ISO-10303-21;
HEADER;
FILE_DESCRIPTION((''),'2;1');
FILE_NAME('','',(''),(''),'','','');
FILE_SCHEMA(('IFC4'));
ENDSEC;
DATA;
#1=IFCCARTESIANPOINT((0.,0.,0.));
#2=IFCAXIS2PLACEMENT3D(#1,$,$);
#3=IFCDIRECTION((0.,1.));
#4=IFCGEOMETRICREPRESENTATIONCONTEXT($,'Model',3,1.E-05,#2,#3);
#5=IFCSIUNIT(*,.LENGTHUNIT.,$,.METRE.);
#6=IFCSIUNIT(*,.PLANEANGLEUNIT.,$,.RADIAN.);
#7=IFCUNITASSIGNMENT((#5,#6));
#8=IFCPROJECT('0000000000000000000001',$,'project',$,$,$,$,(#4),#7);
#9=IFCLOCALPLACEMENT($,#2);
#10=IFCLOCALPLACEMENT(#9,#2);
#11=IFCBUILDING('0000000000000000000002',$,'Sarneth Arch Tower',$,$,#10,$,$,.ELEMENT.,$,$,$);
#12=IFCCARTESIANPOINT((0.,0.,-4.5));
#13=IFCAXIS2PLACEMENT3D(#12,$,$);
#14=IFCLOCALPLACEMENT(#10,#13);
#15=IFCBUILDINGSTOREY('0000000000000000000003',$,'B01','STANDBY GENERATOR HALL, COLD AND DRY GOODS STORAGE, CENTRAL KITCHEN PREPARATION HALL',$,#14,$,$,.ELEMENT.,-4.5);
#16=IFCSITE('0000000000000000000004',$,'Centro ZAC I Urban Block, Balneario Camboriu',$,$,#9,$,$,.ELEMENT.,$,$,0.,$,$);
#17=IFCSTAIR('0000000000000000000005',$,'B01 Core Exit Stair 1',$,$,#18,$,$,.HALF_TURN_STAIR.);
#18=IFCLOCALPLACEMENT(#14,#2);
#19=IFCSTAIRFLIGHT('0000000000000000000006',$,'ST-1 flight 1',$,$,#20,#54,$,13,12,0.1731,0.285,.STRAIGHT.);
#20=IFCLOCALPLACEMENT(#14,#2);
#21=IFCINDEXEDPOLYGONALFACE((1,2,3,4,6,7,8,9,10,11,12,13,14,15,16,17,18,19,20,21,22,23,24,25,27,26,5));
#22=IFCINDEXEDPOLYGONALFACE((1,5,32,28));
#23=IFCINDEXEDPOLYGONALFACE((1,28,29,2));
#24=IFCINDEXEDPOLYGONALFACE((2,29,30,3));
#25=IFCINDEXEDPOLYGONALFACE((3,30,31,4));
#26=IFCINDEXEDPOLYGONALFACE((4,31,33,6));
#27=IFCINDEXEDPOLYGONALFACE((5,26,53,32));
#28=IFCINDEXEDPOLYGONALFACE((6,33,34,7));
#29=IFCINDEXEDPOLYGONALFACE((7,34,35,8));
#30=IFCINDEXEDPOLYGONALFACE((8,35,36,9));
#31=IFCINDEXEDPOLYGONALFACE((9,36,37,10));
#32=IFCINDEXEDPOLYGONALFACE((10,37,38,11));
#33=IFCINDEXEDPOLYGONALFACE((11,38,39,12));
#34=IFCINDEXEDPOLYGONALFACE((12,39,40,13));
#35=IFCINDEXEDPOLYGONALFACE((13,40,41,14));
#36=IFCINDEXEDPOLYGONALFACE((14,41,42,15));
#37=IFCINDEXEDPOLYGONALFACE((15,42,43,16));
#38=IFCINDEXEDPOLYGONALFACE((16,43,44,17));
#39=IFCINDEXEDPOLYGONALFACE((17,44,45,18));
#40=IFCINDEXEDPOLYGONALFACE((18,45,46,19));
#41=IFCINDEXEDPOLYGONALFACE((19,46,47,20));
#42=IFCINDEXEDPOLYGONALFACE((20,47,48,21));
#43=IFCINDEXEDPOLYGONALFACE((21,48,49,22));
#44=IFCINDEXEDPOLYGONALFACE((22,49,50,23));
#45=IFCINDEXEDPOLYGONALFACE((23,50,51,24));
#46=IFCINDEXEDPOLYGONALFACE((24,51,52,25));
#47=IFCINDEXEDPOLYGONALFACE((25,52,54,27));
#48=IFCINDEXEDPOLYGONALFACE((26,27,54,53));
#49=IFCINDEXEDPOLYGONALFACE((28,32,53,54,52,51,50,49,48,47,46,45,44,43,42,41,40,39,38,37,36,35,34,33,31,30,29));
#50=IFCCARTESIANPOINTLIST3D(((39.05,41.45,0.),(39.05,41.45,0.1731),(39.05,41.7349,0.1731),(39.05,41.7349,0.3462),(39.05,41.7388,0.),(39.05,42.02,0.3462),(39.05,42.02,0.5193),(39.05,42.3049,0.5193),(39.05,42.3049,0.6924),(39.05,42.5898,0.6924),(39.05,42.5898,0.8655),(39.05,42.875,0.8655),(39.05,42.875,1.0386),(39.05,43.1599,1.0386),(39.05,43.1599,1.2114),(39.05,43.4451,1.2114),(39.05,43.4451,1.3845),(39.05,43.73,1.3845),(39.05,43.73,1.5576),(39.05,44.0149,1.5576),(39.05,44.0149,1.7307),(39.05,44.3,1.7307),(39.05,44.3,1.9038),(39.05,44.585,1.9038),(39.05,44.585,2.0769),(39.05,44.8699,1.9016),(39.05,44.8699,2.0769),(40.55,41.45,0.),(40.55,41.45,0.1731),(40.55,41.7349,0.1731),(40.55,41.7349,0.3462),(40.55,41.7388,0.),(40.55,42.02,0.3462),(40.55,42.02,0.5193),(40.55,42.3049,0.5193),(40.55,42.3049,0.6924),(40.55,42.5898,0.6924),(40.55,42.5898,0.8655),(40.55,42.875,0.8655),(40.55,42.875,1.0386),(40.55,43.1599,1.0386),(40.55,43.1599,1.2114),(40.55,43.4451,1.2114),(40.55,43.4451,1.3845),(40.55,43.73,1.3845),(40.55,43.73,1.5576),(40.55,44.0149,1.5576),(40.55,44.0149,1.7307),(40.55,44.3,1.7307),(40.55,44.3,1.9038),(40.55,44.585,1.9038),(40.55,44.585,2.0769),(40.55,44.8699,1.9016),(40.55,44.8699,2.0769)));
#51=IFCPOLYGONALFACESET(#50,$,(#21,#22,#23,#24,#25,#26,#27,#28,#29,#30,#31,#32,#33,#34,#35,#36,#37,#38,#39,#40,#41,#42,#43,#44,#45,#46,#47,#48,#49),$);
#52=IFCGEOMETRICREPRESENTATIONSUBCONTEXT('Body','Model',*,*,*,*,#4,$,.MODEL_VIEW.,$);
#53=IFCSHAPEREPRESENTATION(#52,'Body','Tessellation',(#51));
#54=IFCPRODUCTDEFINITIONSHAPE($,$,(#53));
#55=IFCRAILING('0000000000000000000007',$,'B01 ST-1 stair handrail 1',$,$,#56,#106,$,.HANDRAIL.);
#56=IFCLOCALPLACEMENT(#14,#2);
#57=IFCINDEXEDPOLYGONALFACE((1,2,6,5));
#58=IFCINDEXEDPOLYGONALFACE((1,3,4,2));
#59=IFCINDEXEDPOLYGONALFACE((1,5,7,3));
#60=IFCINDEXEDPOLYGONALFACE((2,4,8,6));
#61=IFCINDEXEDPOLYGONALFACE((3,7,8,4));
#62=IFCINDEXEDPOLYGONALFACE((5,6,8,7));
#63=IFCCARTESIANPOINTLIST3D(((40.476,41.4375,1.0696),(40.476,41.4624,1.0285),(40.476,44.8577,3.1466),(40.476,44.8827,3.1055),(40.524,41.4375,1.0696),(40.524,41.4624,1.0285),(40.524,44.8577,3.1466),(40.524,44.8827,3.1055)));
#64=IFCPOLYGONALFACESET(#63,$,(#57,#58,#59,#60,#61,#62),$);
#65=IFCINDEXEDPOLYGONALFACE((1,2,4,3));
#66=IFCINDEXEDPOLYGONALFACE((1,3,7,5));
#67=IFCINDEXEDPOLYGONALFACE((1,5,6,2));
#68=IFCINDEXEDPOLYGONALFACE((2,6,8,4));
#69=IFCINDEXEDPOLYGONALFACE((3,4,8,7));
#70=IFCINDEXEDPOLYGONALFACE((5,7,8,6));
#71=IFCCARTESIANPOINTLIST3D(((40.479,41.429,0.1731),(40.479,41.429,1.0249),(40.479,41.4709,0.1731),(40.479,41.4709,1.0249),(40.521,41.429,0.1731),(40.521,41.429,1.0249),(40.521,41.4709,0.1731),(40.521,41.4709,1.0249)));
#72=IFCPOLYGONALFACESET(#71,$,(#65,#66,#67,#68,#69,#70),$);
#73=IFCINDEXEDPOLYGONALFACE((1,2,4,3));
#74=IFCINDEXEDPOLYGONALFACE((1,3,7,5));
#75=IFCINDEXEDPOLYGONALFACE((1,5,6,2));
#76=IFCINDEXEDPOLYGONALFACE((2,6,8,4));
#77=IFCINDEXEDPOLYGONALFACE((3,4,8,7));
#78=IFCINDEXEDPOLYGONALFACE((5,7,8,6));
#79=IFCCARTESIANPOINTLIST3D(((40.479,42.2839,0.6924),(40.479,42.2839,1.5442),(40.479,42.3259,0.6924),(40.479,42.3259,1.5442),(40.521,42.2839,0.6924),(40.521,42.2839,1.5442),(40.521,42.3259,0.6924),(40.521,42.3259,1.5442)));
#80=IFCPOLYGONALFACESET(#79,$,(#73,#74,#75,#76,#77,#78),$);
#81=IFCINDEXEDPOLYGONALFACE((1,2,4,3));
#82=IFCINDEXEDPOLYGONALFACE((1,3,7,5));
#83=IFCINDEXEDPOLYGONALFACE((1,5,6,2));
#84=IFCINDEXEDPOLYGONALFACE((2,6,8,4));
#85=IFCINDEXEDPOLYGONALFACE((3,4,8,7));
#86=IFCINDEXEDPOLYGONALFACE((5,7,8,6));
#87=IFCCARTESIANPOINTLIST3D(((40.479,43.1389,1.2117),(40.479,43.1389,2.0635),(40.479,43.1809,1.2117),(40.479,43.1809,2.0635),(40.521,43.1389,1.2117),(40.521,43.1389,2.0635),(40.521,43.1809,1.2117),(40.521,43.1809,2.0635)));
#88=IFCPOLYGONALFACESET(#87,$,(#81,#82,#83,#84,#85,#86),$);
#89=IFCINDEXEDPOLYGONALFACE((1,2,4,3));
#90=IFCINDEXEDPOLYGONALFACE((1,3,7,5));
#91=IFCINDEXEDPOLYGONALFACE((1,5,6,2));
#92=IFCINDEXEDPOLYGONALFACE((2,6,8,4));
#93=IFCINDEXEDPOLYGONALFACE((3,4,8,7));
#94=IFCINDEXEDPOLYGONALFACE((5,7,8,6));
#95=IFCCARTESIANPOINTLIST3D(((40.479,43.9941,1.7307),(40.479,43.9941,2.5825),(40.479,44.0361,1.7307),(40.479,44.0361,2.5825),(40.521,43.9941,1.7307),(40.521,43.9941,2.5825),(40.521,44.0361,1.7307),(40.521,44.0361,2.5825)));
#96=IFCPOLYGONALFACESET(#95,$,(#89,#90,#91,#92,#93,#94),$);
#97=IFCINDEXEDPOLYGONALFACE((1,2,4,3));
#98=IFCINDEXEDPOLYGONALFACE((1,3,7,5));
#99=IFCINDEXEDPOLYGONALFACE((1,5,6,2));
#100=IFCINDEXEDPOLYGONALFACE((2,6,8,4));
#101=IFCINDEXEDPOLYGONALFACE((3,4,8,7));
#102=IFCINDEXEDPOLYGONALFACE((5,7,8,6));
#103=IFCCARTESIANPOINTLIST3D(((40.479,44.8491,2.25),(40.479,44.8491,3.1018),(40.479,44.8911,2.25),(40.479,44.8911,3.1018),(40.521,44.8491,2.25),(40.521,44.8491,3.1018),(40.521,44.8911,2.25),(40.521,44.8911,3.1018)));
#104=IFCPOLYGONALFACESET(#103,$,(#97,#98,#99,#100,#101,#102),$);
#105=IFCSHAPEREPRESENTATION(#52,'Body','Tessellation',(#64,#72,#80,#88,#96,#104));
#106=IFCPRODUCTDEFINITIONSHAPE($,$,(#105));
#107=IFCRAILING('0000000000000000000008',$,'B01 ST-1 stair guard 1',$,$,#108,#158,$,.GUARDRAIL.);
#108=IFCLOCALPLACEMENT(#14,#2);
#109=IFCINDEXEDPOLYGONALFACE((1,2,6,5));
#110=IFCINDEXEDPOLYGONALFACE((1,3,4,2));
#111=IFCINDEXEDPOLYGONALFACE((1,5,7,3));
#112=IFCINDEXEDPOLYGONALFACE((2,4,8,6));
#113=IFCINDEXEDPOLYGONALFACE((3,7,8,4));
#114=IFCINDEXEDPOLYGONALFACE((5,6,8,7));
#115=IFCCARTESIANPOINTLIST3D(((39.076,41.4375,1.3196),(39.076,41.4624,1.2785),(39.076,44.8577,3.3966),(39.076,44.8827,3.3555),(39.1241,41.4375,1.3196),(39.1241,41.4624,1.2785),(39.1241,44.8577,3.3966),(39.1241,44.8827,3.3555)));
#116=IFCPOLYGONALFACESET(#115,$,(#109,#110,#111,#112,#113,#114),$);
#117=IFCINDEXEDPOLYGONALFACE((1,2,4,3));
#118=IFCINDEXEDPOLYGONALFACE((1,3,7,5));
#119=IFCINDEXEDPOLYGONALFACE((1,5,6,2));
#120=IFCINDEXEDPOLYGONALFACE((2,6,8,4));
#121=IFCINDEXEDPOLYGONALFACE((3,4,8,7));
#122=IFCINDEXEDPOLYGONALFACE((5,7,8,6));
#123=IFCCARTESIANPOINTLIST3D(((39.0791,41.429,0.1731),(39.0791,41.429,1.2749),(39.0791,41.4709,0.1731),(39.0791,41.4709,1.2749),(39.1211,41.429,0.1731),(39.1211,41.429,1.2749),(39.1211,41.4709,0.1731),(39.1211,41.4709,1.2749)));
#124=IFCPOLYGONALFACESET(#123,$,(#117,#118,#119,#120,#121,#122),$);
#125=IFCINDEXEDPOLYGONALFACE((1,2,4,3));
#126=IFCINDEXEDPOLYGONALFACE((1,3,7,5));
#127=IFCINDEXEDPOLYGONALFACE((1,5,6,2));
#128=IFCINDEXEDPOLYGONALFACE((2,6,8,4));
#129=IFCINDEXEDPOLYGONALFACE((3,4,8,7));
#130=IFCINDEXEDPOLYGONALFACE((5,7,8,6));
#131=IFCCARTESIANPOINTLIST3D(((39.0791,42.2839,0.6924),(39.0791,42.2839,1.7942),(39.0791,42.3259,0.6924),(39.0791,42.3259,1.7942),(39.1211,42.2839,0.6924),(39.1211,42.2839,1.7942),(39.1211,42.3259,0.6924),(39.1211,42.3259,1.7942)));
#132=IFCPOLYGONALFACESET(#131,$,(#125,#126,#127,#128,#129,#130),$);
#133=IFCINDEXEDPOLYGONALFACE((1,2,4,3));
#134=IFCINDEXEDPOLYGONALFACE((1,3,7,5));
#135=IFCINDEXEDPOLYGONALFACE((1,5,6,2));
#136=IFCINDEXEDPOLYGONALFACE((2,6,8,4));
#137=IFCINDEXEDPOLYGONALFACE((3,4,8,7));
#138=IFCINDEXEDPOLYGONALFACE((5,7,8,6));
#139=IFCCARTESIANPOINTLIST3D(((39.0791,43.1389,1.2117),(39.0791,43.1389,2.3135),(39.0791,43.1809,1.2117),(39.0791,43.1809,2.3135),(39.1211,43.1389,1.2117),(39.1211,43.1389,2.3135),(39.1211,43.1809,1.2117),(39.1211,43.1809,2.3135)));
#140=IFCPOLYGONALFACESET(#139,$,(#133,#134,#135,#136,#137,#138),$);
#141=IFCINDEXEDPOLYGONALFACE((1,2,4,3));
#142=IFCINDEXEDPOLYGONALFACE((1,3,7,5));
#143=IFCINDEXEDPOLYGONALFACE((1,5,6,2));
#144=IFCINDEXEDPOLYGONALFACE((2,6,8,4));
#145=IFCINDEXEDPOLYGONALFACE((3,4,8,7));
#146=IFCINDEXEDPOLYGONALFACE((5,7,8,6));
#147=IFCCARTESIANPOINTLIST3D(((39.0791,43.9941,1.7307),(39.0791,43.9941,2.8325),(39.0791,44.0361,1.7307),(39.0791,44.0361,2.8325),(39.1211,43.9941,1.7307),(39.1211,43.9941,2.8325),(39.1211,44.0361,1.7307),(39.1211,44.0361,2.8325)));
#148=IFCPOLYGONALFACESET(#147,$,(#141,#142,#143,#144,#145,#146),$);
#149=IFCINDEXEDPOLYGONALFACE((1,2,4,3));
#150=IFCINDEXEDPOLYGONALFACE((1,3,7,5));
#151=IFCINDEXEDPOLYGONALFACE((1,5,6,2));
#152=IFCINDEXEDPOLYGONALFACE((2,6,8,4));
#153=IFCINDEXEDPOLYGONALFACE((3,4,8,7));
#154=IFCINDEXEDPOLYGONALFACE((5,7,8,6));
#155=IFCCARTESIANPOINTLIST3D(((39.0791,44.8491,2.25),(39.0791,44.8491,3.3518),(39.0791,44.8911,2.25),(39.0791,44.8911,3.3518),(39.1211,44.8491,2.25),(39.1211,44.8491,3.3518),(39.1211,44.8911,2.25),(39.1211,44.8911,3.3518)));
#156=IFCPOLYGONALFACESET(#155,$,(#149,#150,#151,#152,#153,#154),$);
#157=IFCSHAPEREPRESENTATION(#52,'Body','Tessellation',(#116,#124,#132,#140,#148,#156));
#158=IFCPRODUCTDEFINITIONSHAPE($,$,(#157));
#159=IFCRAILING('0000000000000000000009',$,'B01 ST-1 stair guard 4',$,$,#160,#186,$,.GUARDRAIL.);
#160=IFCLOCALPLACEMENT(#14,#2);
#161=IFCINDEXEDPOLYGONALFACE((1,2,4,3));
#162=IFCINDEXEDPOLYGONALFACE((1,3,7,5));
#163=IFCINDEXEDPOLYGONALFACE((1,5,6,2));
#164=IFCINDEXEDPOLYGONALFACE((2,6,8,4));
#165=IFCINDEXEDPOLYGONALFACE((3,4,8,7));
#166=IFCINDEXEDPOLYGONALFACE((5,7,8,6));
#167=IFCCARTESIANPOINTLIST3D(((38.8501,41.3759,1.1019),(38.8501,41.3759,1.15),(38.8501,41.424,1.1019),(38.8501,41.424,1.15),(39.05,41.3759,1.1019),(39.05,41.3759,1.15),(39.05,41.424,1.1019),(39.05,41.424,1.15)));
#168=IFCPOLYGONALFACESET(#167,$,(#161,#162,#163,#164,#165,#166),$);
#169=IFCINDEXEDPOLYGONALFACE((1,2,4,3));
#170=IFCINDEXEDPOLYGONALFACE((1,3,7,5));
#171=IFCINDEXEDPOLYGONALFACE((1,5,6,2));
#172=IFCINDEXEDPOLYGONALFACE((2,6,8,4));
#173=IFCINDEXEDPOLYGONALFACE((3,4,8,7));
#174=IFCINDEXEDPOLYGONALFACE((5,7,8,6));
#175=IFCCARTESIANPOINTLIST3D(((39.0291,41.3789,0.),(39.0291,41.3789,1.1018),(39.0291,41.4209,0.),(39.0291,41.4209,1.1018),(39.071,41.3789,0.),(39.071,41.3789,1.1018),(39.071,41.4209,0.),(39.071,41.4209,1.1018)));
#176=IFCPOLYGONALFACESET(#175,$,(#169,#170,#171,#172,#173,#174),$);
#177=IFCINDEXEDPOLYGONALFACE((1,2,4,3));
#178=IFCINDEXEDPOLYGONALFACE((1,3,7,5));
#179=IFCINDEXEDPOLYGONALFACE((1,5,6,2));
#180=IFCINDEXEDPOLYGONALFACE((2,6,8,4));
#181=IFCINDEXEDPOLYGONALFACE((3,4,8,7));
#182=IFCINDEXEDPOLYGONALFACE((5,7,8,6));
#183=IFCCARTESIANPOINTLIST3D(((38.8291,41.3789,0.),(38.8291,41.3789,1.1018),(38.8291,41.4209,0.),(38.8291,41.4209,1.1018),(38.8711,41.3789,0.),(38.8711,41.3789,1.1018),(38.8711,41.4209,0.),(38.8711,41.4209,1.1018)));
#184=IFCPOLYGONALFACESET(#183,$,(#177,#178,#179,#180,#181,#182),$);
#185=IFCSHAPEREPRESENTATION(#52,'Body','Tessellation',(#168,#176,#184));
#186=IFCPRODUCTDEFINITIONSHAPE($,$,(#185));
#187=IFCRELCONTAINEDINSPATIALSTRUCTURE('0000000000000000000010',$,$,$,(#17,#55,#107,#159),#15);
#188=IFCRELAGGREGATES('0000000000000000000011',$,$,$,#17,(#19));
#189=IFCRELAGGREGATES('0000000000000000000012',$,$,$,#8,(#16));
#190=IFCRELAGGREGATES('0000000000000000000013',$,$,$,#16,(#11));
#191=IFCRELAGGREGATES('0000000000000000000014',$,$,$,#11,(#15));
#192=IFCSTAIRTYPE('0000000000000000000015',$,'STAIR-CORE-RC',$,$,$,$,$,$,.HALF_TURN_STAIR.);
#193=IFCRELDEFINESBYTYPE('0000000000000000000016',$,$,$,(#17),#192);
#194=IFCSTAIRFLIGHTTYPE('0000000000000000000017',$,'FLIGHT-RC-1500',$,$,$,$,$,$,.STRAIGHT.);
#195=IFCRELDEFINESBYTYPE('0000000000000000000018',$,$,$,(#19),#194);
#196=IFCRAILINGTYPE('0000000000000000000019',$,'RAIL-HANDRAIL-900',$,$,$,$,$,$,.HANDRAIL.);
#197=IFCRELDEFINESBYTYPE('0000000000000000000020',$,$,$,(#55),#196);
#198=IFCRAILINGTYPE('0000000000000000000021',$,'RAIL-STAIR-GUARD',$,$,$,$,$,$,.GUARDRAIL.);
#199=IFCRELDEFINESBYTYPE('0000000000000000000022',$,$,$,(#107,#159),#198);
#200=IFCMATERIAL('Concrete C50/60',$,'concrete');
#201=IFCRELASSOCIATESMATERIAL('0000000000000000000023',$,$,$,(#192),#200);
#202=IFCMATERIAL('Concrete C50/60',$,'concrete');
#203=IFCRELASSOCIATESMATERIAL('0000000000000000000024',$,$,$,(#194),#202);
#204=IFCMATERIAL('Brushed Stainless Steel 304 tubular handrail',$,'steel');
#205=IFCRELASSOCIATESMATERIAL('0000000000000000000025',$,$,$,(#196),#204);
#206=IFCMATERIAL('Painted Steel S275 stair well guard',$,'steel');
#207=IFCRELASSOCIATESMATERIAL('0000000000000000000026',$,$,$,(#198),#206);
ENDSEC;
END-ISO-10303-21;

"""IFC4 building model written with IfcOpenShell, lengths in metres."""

from ifc_helpers import new_model, si_unit, direction, frame, origin, origin_2d, place, context, subcontext, project, spatial, polyline, rectangle, outline, extrude, material, type_object, element, aggregate, save


model = new_model("IFC4")

# Units and contexts
model_context = context("Model", 3, precision=1e-05, world=origin(), true_north=direction((0.0, 1.0)))
body_context = subcontext(model_context, "Body", "Model", "MODEL_VIEW")
ifc_project = project(units=[si_unit("LENGTHUNIT", "METRE"), si_unit("PLANEANGLEUNIT", "RADIAN")], contexts=[model_context])

# Site, building, storey
site_placement = place(None, origin())
site = spatial("IfcSite", under=ifc_project, at=site_placement, Name="Centro ZAC I Urban Block, Balneario Camboriu", CompositionType="ELEMENT", RefElevation=0.0)
building_placement = place(site_placement, origin())
building = spatial("IfcBuilding", under=site, at=building_placement, Name="Sarneth Arch Tower", CompositionType="ELEMENT")
storey_placement = place(building_placement, frame((0.0, 0.0, -4.5)))
storey = spatial("IfcBuildingStorey", under=building, at=storey_placement, Name="B01", Description="STANDBY GENERATOR HALL, COLD AND DRY GOODS STORAGE, CENTRAL KITCHEN PREPARATION HALL", CompositionType="ELEMENT", Elevation=-4.5)

# Stair, stair flight
ifc_material_1 = material(Name="Concrete C50/60", Category="concrete")
stair_type = type_object("IfcStairType", Name="STAIR-CORE-RC", PredefinedType="HALF_TURN_STAIR", material=ifc_material_1)
stair_placement = place(storey_placement, origin())
stair = element("IfcStair", 1, at=stair_placement, inside=storey, type_object=stair_type, Name="B01 Core Exit Stair 1", PredefinedType="HALF_TURN_STAIR")
ifc_material_2 = material(Name="Concrete C50/60", Category="concrete")
stair_flight_type = type_object("IfcStairFlightType", Name="FLIGHT-RC-1500", PredefinedType="STRAIGHT", material=ifc_material_2)
stair_flight_placement = place(storey_placement, frame((39.8, 41.45, 0.0), z_axis=(0.0, 0.0, 1.0), x_axis=(0.0, 1.0, 0.0)))
stair_flight = element("IfcStairFlight", 2, at=stair_flight_placement, type_object=stair_flight_type, Name="ST-1 flight 1", NumberOfRisers=13, NumberOfTreads=12, PredefinedType="STRAIGHT", RiserHeight=0.1731, TreadLength=0.285, context=body_context, shape_type="SweptSolid", body=[
    extrude(outline(polyline([(0.0, 0.0), (0.0, 0.1731), (0.2849, 0.1731), (0.2849, 0.3462), (0.5701, 0.3462), (0.5701, 0.5193), (0.855, 0.5193), (0.855, 0.6924), (1.1399, 0.6924), (1.1399, 0.8655), (1.425, 0.8655), (1.425, 1.0386), (1.71, 1.0386), (1.71, 1.2114), (1.9951, 1.2114), (1.9951, 1.3845), (2.28, 1.3845), (2.28, 1.5576), (2.5649, 1.5576), (2.5649, 1.7307), (2.8501, 1.7307), (2.8501, 1.9038), (3.135, 1.9038), (3.135, 2.0769), (3.4199, 2.0769), (3.4199, 2.25), (3.4199, 1.9016), (0.2888, 0.0), (0.0, 0.0)])), frame((0.0, 0.75, 0.0), z_axis=(0.0, -1.0, 0.0), x_axis=(1.0, 0.0, 0.0)), (0.0, 0.0, 1.0), 1.5),
])
aggregate(stair, [stair_flight])

# Railings
ifc_material_3 = material(Name="Brushed Stainless Steel 304 tubular handrail", Category="steel")
railing_type_1 = type_object("IfcRailingType", Name="RAIL-HANDRAIL-900", PredefinedType="HANDRAIL", material=ifc_material_3)
railing_1_placement = place(storey_placement, frame((40.5, 41.45, 0.1731)))
element("IfcRailing", 3, at=railing_1_placement, inside=storey, type_object=railing_type_1, Name="B01 ST-1 stair handrail 1", PredefinedType="HANDRAIL", context=body_context, shape_type="SweptSolid", body=[
    extrude(rectangle(XDim=0.0481, YDim=0.0481, at=origin_2d()), frame((0.0, 0.0, 0.876), z_axis=(0.0, 0.854746, 0.519047), x_axis=(-1.0, 0.0, 0.0)), (0.0, 0.0, 1.0), 4.0015),
    extrude(rectangle(XDim=0.042, YDim=0.042, at=origin_2d()), origin(), (0.0, 0.0, 1.0), 0.8518),
    extrude(rectangle(XDim=0.042, YDim=0.042, at=origin_2d()), frame((0.0, 0.855, 0.5193)), (0.0, 0.0, 1.0), 0.8518),
    extrude(rectangle(XDim=0.042, YDim=0.042, at=origin_2d()), frame((0.0, 1.71, 1.0386)), (0.0, 0.0, 1.0), 0.8518),
    extrude(rectangle(XDim=0.042, YDim=0.042, at=origin_2d()), frame((0.0, 2.5652, 1.5576)), (0.0, 0.0, 1.0), 0.8518),
    extrude(rectangle(XDim=0.042, YDim=0.042, at=origin_2d()), frame((0.0, 3.4202, 2.0769)), (0.0, 0.0, 1.0), 0.8518),
])
ifc_material_4 = material(Name="Painted Steel S275 stair well guard", Category="steel")
railing_type_2 = type_object("IfcRailingType", Name="RAIL-STAIR-GUARD", PredefinedType="GUARDRAIL", material=ifc_material_4)
railing_2_placement = place(storey_placement, frame((39.1001, 41.45, 0.1731)))
element("IfcRailing", 4, at=railing_2_placement, inside=storey, type_object=railing_type_2, Name="B01 ST-1 stair guard 1", PredefinedType="GUARDRAIL", context=body_context, shape_type="SweptSolid", body=[
    extrude(rectangle(XDim=0.0481, YDim=0.0481, at=origin_2d()), frame((0.0, 0.0, 1.126), z_axis=(0.0, 0.854746, 0.519047), x_axis=(-1.0, 0.0, 0.0)), (0.0, 0.0, 1.0), 4.0015),
    extrude(rectangle(XDim=0.042, YDim=0.042, at=origin_2d()), origin(), (0.0, 0.0, 1.0), 1.1018),
    extrude(rectangle(XDim=0.042, YDim=0.042, at=origin_2d()), frame((0.0, 0.855, 0.5193)), (0.0, 0.0, 1.0), 1.1018),
    extrude(rectangle(XDim=0.042, YDim=0.042, at=origin_2d()), frame((0.0, 1.71, 1.0386)), (0.0, 0.0, 1.0), 1.1018),
    extrude(rectangle(XDim=0.042, YDim=0.042, at=origin_2d()), frame((0.0, 2.5652, 1.5576)), (0.0, 0.0, 1.0), 1.1018),
    extrude(rectangle(XDim=0.042, YDim=0.042, at=origin_2d()), frame((0.0, 3.4202, 2.0769)), (0.0, 0.0, 1.0), 1.1018),
])
railing_3_placement = place(storey_placement, frame((39.05, 41.3999, 0.0)))
element("IfcRailing", 5, at=railing_3_placement, inside=storey, type_object=railing_type_2, Name="B01 ST-1 stair guard 4", PredefinedType="GUARDRAIL", context=body_context, shape_type="SweptSolid", body=[
    extrude(rectangle(XDim=0.0481, YDim=0.0481, at=origin_2d()), frame((0.0, 0.0, 1.126), z_axis=(-1.0, 0.0, 0.0), x_axis=(0.0, -1.0, 0.0)), (0.0, 0.0, 1.0), 0.2),
    extrude(rectangle(XDim=0.042, YDim=0.042, at=origin_2d()), origin(), (0.0, 0.0, 1.0), 1.1018),
    extrude(rectangle(XDim=0.042, YDim=0.042, at=origin_2d()), frame((-0.2, 0.0, 0.0)), (0.0, 0.0, 1.0), 1.1018),
])

save(model, "model.ifc")
